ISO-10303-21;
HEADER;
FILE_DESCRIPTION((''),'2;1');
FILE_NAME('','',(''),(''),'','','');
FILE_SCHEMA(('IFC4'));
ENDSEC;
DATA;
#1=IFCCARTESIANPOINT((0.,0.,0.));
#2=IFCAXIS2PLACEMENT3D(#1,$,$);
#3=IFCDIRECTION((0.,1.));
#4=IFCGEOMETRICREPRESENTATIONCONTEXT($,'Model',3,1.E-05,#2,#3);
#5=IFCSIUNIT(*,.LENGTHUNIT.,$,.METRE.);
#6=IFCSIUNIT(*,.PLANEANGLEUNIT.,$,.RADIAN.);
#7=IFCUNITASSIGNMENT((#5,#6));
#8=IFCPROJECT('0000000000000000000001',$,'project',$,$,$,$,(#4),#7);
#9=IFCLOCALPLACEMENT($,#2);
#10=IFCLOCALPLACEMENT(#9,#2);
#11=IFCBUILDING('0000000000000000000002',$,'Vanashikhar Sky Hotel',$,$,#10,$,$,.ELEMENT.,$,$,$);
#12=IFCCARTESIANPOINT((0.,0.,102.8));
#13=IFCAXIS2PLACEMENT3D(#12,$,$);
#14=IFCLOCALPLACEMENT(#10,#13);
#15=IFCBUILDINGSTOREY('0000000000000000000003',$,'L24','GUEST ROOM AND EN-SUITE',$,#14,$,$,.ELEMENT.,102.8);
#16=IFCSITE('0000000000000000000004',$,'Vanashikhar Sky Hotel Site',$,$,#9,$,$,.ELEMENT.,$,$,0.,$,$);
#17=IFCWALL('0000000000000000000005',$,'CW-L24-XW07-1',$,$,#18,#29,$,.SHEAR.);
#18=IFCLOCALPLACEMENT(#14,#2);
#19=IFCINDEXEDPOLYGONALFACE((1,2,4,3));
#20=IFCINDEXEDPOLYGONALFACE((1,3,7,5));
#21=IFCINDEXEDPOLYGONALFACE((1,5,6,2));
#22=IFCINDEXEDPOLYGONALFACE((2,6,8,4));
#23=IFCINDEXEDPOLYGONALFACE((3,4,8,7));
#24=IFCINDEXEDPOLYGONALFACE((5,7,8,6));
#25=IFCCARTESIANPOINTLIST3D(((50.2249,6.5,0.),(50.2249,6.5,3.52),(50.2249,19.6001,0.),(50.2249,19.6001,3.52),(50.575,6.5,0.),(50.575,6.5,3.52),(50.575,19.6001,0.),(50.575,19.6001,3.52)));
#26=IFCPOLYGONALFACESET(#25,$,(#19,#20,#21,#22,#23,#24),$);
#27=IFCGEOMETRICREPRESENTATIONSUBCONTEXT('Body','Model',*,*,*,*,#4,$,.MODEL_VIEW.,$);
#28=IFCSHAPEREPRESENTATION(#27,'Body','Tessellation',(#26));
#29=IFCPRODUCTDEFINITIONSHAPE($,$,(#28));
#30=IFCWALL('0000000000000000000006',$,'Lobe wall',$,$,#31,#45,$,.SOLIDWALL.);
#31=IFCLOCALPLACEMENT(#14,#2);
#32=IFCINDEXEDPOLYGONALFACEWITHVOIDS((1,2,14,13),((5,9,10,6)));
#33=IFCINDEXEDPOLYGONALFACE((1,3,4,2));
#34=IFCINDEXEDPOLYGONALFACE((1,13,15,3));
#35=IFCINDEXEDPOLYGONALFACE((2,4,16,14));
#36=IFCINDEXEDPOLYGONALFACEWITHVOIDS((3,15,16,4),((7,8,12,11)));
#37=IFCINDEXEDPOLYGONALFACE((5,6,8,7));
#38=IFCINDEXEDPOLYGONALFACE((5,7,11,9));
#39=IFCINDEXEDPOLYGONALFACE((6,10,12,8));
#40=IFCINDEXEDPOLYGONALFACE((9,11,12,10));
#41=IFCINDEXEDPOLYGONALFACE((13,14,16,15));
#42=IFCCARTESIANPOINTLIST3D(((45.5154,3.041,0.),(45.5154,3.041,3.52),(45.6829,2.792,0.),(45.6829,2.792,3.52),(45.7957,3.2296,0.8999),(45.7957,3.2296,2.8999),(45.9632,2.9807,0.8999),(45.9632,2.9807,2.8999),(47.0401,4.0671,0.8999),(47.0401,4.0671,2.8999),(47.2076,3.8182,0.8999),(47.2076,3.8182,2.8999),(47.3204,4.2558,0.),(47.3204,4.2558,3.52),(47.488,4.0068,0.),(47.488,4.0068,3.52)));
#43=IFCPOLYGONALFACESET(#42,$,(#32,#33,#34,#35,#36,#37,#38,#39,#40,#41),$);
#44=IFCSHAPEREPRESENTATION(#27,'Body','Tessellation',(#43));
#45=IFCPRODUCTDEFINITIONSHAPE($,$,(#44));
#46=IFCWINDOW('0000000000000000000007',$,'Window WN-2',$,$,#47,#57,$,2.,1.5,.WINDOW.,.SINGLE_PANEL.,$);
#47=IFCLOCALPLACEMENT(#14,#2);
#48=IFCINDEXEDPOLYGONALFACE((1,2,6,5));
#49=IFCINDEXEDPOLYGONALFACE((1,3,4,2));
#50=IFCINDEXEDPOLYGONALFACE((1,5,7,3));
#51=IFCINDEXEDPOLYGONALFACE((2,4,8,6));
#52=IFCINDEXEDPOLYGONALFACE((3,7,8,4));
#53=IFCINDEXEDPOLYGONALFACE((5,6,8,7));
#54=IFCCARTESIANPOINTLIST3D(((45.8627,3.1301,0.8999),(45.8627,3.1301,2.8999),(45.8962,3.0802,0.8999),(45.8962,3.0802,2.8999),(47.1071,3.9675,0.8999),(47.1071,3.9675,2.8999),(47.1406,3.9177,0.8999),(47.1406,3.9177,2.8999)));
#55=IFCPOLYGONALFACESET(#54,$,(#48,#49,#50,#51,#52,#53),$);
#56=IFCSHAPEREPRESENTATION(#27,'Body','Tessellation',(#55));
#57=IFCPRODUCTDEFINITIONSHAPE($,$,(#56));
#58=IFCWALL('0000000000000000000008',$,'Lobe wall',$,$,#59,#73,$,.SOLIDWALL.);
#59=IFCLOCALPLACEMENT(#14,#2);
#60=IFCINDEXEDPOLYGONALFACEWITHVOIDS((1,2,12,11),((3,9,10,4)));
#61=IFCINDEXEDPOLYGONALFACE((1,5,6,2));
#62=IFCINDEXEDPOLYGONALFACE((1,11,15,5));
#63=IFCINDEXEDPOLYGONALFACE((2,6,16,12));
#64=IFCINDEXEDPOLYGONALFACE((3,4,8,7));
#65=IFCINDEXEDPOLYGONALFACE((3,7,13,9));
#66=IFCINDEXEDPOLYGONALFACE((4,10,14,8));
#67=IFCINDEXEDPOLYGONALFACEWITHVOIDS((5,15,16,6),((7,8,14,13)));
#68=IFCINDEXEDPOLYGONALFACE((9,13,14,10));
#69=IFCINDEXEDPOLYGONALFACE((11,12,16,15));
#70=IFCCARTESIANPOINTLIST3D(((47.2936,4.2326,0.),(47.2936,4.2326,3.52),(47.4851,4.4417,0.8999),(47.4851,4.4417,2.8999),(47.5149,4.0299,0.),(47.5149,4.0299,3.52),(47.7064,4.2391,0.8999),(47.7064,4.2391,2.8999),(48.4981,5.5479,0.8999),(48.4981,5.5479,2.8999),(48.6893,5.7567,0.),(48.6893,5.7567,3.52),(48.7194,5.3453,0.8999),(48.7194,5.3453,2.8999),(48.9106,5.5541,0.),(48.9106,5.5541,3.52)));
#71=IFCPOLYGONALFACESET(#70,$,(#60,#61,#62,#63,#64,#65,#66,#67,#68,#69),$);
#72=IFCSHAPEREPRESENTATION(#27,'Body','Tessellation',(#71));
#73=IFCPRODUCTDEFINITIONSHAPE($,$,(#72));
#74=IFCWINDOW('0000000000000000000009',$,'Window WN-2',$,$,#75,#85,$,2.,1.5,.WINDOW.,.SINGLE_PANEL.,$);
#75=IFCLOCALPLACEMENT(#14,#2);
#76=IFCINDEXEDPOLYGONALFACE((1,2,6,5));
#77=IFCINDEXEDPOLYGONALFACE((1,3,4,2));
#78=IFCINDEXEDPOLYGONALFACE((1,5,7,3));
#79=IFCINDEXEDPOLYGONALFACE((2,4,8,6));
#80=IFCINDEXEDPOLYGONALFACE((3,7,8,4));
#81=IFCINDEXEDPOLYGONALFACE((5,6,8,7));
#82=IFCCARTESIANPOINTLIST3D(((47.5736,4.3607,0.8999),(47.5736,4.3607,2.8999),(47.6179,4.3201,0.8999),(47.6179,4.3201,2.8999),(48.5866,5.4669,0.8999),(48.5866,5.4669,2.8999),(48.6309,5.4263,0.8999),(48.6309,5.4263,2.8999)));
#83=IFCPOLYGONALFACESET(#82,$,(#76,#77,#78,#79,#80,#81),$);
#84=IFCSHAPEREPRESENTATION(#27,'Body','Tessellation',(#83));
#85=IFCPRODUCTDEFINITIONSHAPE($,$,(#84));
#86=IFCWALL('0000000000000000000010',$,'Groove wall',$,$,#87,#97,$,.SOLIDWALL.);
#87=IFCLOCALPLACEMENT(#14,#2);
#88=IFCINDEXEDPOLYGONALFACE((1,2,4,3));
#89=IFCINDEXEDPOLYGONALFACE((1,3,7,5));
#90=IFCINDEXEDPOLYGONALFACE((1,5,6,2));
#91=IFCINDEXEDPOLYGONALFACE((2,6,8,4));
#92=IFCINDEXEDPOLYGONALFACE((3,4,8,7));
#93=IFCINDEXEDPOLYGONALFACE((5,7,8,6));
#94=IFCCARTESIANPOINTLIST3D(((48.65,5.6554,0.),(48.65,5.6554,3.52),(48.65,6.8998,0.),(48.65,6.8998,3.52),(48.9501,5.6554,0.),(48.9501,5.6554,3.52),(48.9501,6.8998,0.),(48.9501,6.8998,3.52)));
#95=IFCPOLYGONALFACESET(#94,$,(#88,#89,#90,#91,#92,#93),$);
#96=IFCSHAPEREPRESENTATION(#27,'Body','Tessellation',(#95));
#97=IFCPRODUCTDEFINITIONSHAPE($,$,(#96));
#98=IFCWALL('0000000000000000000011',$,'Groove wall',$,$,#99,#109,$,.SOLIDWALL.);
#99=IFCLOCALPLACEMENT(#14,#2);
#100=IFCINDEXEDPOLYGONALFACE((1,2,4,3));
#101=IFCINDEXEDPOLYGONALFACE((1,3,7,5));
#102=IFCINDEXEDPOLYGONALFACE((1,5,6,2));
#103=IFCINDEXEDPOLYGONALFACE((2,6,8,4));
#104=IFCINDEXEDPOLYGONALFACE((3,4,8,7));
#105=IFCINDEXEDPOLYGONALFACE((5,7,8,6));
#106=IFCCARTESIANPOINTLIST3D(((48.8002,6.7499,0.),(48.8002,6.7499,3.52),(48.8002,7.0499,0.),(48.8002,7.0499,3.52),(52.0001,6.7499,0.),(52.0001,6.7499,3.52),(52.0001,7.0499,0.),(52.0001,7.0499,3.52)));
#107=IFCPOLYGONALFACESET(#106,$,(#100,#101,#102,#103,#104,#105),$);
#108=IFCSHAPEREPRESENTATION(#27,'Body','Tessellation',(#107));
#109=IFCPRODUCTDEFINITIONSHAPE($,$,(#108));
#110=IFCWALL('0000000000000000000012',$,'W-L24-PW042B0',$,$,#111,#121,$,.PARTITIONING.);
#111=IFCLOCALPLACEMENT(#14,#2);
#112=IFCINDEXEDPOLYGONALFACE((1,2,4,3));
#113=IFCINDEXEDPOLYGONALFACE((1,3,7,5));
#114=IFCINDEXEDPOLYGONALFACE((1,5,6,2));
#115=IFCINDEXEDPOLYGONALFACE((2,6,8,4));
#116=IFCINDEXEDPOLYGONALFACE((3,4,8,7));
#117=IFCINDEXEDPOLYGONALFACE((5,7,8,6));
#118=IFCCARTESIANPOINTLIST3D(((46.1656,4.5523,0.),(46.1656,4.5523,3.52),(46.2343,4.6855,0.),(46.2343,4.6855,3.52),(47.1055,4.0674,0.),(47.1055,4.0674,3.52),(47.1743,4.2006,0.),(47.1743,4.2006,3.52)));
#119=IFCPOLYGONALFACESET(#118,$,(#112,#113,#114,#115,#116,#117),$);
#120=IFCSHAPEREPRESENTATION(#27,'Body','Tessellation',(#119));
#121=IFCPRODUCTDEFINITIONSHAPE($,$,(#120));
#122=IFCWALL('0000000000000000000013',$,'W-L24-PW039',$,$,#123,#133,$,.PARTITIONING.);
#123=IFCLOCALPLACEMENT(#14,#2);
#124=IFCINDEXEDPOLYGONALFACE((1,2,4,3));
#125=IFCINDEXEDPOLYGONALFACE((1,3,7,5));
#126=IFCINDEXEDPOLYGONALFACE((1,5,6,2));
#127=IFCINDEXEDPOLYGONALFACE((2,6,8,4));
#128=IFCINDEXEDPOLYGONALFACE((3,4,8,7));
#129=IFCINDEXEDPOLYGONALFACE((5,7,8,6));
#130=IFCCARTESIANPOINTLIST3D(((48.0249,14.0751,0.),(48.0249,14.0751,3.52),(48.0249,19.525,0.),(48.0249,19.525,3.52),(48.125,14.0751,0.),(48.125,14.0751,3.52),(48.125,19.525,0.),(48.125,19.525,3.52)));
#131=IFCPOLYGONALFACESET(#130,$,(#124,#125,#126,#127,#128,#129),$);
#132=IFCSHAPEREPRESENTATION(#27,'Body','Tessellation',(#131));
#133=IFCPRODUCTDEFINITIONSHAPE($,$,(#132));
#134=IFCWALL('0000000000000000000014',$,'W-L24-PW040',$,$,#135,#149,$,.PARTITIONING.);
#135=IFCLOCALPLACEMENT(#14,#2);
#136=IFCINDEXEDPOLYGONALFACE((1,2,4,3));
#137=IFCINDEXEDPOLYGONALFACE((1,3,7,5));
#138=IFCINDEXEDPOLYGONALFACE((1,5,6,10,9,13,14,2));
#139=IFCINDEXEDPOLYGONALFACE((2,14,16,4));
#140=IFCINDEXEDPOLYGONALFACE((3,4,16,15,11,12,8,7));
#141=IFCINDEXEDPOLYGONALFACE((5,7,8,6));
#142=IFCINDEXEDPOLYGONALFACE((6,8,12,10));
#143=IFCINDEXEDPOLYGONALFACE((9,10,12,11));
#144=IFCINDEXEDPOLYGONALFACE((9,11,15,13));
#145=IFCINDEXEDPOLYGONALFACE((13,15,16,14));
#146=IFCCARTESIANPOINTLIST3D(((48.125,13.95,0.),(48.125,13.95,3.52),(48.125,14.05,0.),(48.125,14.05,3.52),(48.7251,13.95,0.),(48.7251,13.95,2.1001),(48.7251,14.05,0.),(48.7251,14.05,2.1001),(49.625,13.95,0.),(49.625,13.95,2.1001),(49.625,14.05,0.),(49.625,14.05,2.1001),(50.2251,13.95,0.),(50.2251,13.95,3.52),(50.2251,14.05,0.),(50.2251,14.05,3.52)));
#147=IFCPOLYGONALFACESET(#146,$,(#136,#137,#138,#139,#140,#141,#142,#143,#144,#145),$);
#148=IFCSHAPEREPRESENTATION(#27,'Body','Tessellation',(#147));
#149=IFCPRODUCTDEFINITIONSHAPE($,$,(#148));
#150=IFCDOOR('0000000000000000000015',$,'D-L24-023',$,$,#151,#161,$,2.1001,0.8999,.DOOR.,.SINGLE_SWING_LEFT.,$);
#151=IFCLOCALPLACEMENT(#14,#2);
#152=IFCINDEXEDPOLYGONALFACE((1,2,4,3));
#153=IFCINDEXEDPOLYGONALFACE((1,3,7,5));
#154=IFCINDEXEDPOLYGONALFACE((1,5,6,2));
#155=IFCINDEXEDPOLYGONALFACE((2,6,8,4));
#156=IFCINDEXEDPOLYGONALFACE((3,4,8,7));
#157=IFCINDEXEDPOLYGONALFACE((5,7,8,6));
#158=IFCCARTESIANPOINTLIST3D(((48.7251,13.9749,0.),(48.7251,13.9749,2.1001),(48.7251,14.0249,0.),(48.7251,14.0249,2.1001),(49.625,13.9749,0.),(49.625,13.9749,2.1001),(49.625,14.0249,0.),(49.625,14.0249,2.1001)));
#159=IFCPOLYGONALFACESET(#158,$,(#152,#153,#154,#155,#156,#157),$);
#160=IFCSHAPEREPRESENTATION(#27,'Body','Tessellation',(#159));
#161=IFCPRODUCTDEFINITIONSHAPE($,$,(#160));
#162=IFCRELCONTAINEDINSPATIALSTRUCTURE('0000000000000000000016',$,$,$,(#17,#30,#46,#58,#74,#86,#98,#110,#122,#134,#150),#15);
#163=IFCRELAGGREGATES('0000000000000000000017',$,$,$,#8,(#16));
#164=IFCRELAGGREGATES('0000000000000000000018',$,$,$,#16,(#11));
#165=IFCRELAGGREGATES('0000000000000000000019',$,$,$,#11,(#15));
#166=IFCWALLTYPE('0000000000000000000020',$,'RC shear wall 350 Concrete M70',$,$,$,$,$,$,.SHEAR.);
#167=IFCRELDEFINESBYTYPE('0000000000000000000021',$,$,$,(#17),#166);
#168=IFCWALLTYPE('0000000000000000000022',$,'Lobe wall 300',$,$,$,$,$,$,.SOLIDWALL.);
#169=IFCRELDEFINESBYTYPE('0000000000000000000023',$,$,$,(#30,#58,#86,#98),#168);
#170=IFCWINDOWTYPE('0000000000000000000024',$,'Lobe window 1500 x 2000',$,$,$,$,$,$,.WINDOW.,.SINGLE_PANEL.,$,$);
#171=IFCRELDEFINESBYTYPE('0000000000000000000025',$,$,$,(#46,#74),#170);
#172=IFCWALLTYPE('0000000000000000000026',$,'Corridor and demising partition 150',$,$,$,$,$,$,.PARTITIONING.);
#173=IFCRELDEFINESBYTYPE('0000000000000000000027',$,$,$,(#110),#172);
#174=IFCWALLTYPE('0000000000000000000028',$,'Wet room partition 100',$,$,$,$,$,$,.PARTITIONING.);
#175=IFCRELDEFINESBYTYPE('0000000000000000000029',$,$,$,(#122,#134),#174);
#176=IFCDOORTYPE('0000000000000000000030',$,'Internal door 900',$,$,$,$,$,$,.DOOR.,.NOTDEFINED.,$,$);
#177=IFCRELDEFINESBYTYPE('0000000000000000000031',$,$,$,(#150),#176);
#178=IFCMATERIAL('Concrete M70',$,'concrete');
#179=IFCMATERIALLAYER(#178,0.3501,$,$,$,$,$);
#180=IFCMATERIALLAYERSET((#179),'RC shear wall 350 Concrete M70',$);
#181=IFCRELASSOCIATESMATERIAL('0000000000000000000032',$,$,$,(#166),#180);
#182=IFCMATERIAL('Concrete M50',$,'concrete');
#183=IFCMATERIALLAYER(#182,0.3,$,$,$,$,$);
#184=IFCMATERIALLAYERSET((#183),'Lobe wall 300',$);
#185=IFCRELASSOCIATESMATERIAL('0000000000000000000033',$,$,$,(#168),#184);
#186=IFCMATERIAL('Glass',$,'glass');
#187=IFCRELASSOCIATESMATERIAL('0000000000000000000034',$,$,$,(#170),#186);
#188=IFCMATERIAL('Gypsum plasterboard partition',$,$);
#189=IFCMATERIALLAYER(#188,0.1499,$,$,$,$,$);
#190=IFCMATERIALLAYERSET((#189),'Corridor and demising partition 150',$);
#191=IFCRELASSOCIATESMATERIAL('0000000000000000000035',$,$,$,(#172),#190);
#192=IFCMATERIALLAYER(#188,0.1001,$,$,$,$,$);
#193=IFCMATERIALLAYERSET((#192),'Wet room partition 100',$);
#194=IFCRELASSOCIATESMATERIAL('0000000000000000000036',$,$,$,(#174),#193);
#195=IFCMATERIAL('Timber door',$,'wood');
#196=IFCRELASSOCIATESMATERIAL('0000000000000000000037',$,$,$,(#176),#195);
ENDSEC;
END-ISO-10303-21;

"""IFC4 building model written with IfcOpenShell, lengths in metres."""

from ifc_helpers import new_model, si_unit, direction, frame, frame_2d, origin, place, context, subcontext, project, spatial, rectangle, extrude, source, transform, mapped, material, layer, layer_set, type_object, element, fill, save


model = new_model("IFC4")

# Units and contexts
model_context = context("Model", 3, precision=1e-05, world=origin(), true_north=direction((0.0, 1.0)))
body_context = subcontext(model_context, "Body", "Model", "MODEL_VIEW")
ifc_project = project(units=[si_unit("LENGTHUNIT", "METRE"), si_unit("PLANEANGLEUNIT", "RADIAN")], contexts=[model_context])

# Site, building, storey
site_placement = place(None, origin())
site = spatial("IfcSite", under=ifc_project, at=site_placement, Name="Vanashikhar Sky Hotel Site", CompositionType="ELEMENT", RefElevation=0.0)
building_placement = place(site_placement, origin())
building = spatial("IfcBuilding", under=site, at=building_placement, Name="Vanashikhar Sky Hotel", CompositionType="ELEMENT")
storey_placement = place(building_placement, frame((0.0, 0.0, 102.8)))
storey = spatial("IfcBuildingStorey", under=building, at=storey_placement, Name="L24", Description="GUEST ROOM AND EN-SUITE", CompositionType="ELEMENT", Elevation=102.8)

# Wall
ifc_material_1 = material(Name="Concrete M70", Category="concrete")
ifc_layer_1 = layer(ifc_material_1, 0.3501)
ifc_layer_set_1 = layer_set([ifc_layer_1], Name="RC shear wall 350 Concrete M70")
wall_type_1 = type_object("IfcWallType", Name="RC shear wall 350 Concrete M70", PredefinedType="SHEAR", material=ifc_layer_set_1)
shared_shape_1 = source(origin(), body_context, "Body", "SweptSolid", [
    extrude(rectangle(XDim=13.1001, YDim=0.3501, at=frame_2d((6.55, 0.0))), origin(), (0.0, 0.0, 1.0), 3.52),
])
wall_1_placement = place(storey_placement, frame((50.3999, 6.5, 0.0), z_axis=(0.0, 0.0, 1.0), x_axis=(0.0, 1.0, 0.0)))
element("IfcWall", 1, at=wall_1_placement, inside=storey, type_object=wall_type_1, Name="CW-L24-XW07-1", PredefinedType="SHEAR", context=body_context, shape_type="MappedRepresentation", body=[
    mapped(shared_shape_1, transform((0.0, 0.0, 0.0), scale=1.0)),
])

# Walls, openings, windows
ifc_material_2 = material(Name="Concrete M50", Category="concrete")
ifc_layer_2 = layer(ifc_material_2, 0.3)
ifc_layer_set_2 = layer_set([ifc_layer_2], Name="Lobe wall 300")
wall_type_2 = type_object("IfcWallType", Name="Lobe wall 300", PredefinedType="SOLIDWALL", material=ifc_layer_set_2)
shared_shape_2 = source(origin(), body_context, "Body", "SweptSolid", [
    extrude(rectangle(XDim=2.1758, YDim=0.3, at=frame_2d((1.0879, 0.0))), origin(), (0.0, 0.0, 1.0), 3.52),
])
wall_2_placement = place(storey_placement, frame((45.5991, 2.9165, 0.0), z_axis=(0.0, 0.0, 1.0), x_axis=(0.829626, 0.55832, 0.0)))
wall_2 = element("IfcWall", 2, at=wall_2_placement, inside=storey, type_object=wall_type_2, Name="Lobe wall", PredefinedType="SOLIDWALL", context=body_context, shape_type="MappedRepresentation", body=[
    mapped(shared_shape_2, transform((0.0, 0.0, 0.0), scale=1.0)),
])
shared_shape_3 = source(origin(), body_context, "Body", "SweptSolid", [
    extrude(rectangle(XDim=1.5, YDim=2.0, at=frame_2d((0.75, 1.0))), frame((0.0, 0.1602, 0.0), z_axis=(0.0, -1.0, 0.0), x_axis=(1.0, 0.0, 0.0)), (0.0, 0.0, 1.0), 0.3201),
])
opening_1_placement = place(wall_2_placement, frame((0.3379, 0.0, 0.8999)))
opening_1 = element("IfcOpeningElement", 3, at=opening_1_placement, cuts=wall_2, PredefinedType="OPENING", context=body_context, shape_type="MappedRepresentation", body=[
    mapped(shared_shape_3, transform((0.0, 0.0, 0.0), scale=1.0)),
])
ifc_material_3 = material(Name="Glass", Category="glass")
window_type = type_object("IfcWindowType", Name="Lobe window 1500 x 2000", PartitioningType="SINGLE_PANEL", PredefinedType="WINDOW", material=ifc_material_3)
shared_shape_4 = source(origin(), body_context, "Body", "SweptSolid", [
    extrude(rectangle(XDim=1.5, YDim=2.0, at=frame_2d((0.75, 1.0))), frame((0.0, 0.03, 0.0), z_axis=(0.0, -1.0, 0.0), x_axis=(1.0, 0.0, 0.0)), (0.0, 0.0, 1.0), 0.0601),
])
window_1_placement = place(opening_1_placement, origin())
window_1 = element("IfcWindow", 4, at=window_1_placement, inside=storey, type_object=window_type, Name="Window WN-2", OverallHeight=2.0, OverallWidth=1.5, PartitioningType="SINGLE_PANEL", PredefinedType="WINDOW", context=body_context, shape_type="MappedRepresentation", body=[
    mapped(shared_shape_4, transform((0.0, 0.0, 0.0), scale=1.0)),
])
fill(opening_1, window_1)
shared_shape_5 = source(origin(), body_context, "Body", "SweptSolid", [
    extrude(rectangle(XDim=2.0667, YDim=0.3, at=frame_2d((1.0332, 0.0))), origin(), (0.0, 0.0, 1.0), 3.52),
])
wall_3_placement = place(storey_placement, frame((47.4043, 4.1313, 0.0), z_axis=(0.0, 0.0, 1.0), x_axis=(0.675355, 0.737492, 0.0)))
wall_3 = element("IfcWall", 5, at=wall_3_placement, inside=storey, type_object=wall_type_2, Name="Lobe wall", PredefinedType="SOLIDWALL", context=body_context, shape_type="MappedRepresentation", body=[
    mapped(shared_shape_5, transform((0.0, 0.0, 0.0), scale=1.0)),
])
opening_2_placement = place(wall_3_placement, frame((0.2834, 0.0, 0.8999)))
opening_2 = element("IfcOpeningElement", 6, at=opening_2_placement, cuts=wall_3, PredefinedType="OPENING", context=body_context, shape_type="MappedRepresentation", body=[
    mapped(shared_shape_3, transform((0.0, 0.0, 0.0), scale=1.0)),
])
window_2_placement = place(opening_2_placement, origin())
window_2 = element("IfcWindow", 7, at=window_2_placement, inside=storey, type_object=window_type, Name="Window WN-2", OverallHeight=2.0, OverallWidth=1.5, PartitioningType="SINGLE_PANEL", PredefinedType="WINDOW", context=body_context, shape_type="MappedRepresentation", body=[
    mapped(shared_shape_4, transform((0.0, 0.0, 0.0), scale=1.0)),
])
fill(opening_2, window_2)

# Walls
shared_shape_6 = source(origin(), body_context, "Body", "SweptSolid", [
    extrude(rectangle(XDim=1.2444, YDim=0.3, at=frame_2d((0.6221, 0.0))), origin(), (0.0, 0.0, 1.0), 3.52),
])
wall_4_placement = place(storey_placement, frame((48.8, 5.6555, 0.0), z_axis=(0.0, 0.0, 1.0), x_axis=(0.0, 1.0, 0.0)))
element("IfcWall", 8, at=wall_4_placement, inside=storey, type_object=wall_type_2, Name="Groove wall", PredefinedType="SOLIDWALL", context=body_context, shape_type="MappedRepresentation", body=[
    mapped(shared_shape_6, transform((0.0, 0.0, 0.0), scale=1.0)),
])
shared_shape_7 = source(origin(), body_context, "Body", "SweptSolid", [
    extrude(rectangle(XDim=3.2, YDim=0.3, at=frame_2d((1.6001, 0.0))), origin(), (0.0, 0.0, 1.0), 3.52),
])
wall_5_placement = place(storey_placement, frame((48.8, 6.8999, 0.0), z_axis=(0.0, 0.0, 1.0), x_axis=(1.0, 0.0, 0.0)))
element("IfcWall", 9, at=wall_5_placement, inside=storey, type_object=wall_type_2, Name="Groove wall", PredefinedType="SOLIDWALL", context=body_context, shape_type="MappedRepresentation", body=[
    mapped(shared_shape_7, transform((0.0, 0.0, 0.0), scale=1.0)),
])
ifc_material_4 = material(Name="Gypsum plasterboard partition")
ifc_layer_3 = layer(ifc_material_4, 0.1499)
ifc_layer_set_3 = layer_set([ifc_layer_3], Name="Corridor and demising partition 150")
wall_type_3 = type_object("IfcWallType", Name="Corridor and demising partition 150", PredefinedType="PARTITIONING", material=ifc_layer_set_3)
shared_shape_8 = source(origin(), body_context, "Body", "SweptSolid", [
    extrude(rectangle(XDim=1.0576, YDim=0.1499, at=frame_2d((0.5288, 0.0))), origin(), (0.0, 0.0, 1.0), 3.52),
])
wall_6_placement = place(storey_placement, frame((47.1399, 4.134, 0.0), z_axis=(0.0, 0.0, 1.0), x_axis=(-0.888724, 0.458443, 0.0)))
element("IfcWall", 10, at=wall_6_placement, inside=storey, type_object=wall_type_3, Name="W-L24-PW042B0", PredefinedType="PARTITIONING", context=body_context, shape_type="MappedRepresentation", body=[
    mapped(shared_shape_8, transform((0.0, 0.0, 0.0), scale=1.0)),
])
ifc_layer_4 = layer(ifc_material_4, 0.1001)
ifc_layer_set_4 = layer_set([ifc_layer_4], Name="Wet room partition 100")
wall_type_4 = type_object("IfcWallType", Name="Wet room partition 100", PredefinedType="PARTITIONING", material=ifc_layer_set_4)
shared_shape_9 = source(origin(), body_context, "Body", "SweptSolid", [
    extrude(rectangle(XDim=5.45, YDim=0.1001, at=frame_2d((2.7251, 0.0))), origin(), (0.0, 0.0, 1.0), 3.52),
])
wall_7_placement = place(storey_placement, frame((48.075, 14.075, 0.0), z_axis=(0.0, 0.0, 1.0), x_axis=(0.0, 1.0, 0.0)))
element("IfcWall", 11, at=wall_7_placement, inside=storey, type_object=wall_type_4, Name="W-L24-PW039", PredefinedType="PARTITIONING", context=body_context, shape_type="MappedRepresentation", body=[
    mapped(shared_shape_9, transform((0.0, 0.0, 0.0), scale=1.0)),
])

# Wall, opening, door
shared_shape_10 = source(origin(), body_context, "Body", "SweptSolid", [
    extrude(rectangle(XDim=2.1001, YDim=0.1001, at=frame_2d((1.05, 0.0))), origin(), (0.0, 0.0, 1.0), 3.52),
])
wall_8_placement = place(storey_placement, frame((48.125, 14.0, 0.0), z_axis=(0.0, 0.0, 1.0), x_axis=(1.0, 0.0, 0.0)))
wall_8 = element("IfcWall", 12, at=wall_8_placement, inside=storey, type_object=wall_type_4, Name="W-L24-PW040", PredefinedType="PARTITIONING", context=body_context, shape_type="MappedRepresentation", body=[
    mapped(shared_shape_10, transform((0.0, 0.0, 0.0), scale=1.0)),
])
shared_shape_11 = source(origin(), body_context, "Body", "SweptSolid", [
    extrude(rectangle(XDim=0.8999, YDim=2.1001, at=frame_2d((0.45, 1.05))), frame((0.0, 0.0601, 0.0), z_axis=(0.0, -1.0, 0.0), x_axis=(1.0, 0.0, 0.0)), (0.0, 0.0, 1.0), 0.1201),
])
opening_3_placement = place(wall_8_placement, frame((0.6001, 0.0, 0.0)))
opening_3 = element("IfcOpeningElement", 13, at=opening_3_placement, cuts=wall_8, PredefinedType="OPENING", context=body_context, shape_type="MappedRepresentation", body=[
    mapped(shared_shape_11, transform((0.0, 0.0, 0.0), scale=1.0)),
])
ifc_material_5 = material(Name="Timber door", Category="wood")
door_type = type_object("IfcDoorType", Name="Internal door 900", OperationType="NOTDEFINED", PredefinedType="DOOR", material=ifc_material_5)
shared_shape_12 = source(origin(), body_context, "Body", "SweptSolid", [
    extrude(rectangle(XDim=0.8999, YDim=2.1001, at=frame_2d((0.45, 1.05))), frame((0.0, 0.0249, 0.0), z_axis=(0.0, -1.0, 0.0), x_axis=(1.0, 0.0, 0.0)), (0.0, 0.0, 1.0), 0.05),
])
door_placement = place(opening_3_placement, origin())
door = element("IfcDoor", 14, at=door_placement, inside=storey, type_object=door_type, Name="D-L24-023", OperationType="SINGLE_SWING_LEFT", OverallHeight=2.1001, OverallWidth=0.8999, PredefinedType="DOOR", context=body_context, shape_type="MappedRepresentation", body=[
    mapped(shared_shape_12, transform((0.0, 0.0, 0.0), scale=1.0)),
])
fill(opening_3, door)

save(model, "model.ifc")
